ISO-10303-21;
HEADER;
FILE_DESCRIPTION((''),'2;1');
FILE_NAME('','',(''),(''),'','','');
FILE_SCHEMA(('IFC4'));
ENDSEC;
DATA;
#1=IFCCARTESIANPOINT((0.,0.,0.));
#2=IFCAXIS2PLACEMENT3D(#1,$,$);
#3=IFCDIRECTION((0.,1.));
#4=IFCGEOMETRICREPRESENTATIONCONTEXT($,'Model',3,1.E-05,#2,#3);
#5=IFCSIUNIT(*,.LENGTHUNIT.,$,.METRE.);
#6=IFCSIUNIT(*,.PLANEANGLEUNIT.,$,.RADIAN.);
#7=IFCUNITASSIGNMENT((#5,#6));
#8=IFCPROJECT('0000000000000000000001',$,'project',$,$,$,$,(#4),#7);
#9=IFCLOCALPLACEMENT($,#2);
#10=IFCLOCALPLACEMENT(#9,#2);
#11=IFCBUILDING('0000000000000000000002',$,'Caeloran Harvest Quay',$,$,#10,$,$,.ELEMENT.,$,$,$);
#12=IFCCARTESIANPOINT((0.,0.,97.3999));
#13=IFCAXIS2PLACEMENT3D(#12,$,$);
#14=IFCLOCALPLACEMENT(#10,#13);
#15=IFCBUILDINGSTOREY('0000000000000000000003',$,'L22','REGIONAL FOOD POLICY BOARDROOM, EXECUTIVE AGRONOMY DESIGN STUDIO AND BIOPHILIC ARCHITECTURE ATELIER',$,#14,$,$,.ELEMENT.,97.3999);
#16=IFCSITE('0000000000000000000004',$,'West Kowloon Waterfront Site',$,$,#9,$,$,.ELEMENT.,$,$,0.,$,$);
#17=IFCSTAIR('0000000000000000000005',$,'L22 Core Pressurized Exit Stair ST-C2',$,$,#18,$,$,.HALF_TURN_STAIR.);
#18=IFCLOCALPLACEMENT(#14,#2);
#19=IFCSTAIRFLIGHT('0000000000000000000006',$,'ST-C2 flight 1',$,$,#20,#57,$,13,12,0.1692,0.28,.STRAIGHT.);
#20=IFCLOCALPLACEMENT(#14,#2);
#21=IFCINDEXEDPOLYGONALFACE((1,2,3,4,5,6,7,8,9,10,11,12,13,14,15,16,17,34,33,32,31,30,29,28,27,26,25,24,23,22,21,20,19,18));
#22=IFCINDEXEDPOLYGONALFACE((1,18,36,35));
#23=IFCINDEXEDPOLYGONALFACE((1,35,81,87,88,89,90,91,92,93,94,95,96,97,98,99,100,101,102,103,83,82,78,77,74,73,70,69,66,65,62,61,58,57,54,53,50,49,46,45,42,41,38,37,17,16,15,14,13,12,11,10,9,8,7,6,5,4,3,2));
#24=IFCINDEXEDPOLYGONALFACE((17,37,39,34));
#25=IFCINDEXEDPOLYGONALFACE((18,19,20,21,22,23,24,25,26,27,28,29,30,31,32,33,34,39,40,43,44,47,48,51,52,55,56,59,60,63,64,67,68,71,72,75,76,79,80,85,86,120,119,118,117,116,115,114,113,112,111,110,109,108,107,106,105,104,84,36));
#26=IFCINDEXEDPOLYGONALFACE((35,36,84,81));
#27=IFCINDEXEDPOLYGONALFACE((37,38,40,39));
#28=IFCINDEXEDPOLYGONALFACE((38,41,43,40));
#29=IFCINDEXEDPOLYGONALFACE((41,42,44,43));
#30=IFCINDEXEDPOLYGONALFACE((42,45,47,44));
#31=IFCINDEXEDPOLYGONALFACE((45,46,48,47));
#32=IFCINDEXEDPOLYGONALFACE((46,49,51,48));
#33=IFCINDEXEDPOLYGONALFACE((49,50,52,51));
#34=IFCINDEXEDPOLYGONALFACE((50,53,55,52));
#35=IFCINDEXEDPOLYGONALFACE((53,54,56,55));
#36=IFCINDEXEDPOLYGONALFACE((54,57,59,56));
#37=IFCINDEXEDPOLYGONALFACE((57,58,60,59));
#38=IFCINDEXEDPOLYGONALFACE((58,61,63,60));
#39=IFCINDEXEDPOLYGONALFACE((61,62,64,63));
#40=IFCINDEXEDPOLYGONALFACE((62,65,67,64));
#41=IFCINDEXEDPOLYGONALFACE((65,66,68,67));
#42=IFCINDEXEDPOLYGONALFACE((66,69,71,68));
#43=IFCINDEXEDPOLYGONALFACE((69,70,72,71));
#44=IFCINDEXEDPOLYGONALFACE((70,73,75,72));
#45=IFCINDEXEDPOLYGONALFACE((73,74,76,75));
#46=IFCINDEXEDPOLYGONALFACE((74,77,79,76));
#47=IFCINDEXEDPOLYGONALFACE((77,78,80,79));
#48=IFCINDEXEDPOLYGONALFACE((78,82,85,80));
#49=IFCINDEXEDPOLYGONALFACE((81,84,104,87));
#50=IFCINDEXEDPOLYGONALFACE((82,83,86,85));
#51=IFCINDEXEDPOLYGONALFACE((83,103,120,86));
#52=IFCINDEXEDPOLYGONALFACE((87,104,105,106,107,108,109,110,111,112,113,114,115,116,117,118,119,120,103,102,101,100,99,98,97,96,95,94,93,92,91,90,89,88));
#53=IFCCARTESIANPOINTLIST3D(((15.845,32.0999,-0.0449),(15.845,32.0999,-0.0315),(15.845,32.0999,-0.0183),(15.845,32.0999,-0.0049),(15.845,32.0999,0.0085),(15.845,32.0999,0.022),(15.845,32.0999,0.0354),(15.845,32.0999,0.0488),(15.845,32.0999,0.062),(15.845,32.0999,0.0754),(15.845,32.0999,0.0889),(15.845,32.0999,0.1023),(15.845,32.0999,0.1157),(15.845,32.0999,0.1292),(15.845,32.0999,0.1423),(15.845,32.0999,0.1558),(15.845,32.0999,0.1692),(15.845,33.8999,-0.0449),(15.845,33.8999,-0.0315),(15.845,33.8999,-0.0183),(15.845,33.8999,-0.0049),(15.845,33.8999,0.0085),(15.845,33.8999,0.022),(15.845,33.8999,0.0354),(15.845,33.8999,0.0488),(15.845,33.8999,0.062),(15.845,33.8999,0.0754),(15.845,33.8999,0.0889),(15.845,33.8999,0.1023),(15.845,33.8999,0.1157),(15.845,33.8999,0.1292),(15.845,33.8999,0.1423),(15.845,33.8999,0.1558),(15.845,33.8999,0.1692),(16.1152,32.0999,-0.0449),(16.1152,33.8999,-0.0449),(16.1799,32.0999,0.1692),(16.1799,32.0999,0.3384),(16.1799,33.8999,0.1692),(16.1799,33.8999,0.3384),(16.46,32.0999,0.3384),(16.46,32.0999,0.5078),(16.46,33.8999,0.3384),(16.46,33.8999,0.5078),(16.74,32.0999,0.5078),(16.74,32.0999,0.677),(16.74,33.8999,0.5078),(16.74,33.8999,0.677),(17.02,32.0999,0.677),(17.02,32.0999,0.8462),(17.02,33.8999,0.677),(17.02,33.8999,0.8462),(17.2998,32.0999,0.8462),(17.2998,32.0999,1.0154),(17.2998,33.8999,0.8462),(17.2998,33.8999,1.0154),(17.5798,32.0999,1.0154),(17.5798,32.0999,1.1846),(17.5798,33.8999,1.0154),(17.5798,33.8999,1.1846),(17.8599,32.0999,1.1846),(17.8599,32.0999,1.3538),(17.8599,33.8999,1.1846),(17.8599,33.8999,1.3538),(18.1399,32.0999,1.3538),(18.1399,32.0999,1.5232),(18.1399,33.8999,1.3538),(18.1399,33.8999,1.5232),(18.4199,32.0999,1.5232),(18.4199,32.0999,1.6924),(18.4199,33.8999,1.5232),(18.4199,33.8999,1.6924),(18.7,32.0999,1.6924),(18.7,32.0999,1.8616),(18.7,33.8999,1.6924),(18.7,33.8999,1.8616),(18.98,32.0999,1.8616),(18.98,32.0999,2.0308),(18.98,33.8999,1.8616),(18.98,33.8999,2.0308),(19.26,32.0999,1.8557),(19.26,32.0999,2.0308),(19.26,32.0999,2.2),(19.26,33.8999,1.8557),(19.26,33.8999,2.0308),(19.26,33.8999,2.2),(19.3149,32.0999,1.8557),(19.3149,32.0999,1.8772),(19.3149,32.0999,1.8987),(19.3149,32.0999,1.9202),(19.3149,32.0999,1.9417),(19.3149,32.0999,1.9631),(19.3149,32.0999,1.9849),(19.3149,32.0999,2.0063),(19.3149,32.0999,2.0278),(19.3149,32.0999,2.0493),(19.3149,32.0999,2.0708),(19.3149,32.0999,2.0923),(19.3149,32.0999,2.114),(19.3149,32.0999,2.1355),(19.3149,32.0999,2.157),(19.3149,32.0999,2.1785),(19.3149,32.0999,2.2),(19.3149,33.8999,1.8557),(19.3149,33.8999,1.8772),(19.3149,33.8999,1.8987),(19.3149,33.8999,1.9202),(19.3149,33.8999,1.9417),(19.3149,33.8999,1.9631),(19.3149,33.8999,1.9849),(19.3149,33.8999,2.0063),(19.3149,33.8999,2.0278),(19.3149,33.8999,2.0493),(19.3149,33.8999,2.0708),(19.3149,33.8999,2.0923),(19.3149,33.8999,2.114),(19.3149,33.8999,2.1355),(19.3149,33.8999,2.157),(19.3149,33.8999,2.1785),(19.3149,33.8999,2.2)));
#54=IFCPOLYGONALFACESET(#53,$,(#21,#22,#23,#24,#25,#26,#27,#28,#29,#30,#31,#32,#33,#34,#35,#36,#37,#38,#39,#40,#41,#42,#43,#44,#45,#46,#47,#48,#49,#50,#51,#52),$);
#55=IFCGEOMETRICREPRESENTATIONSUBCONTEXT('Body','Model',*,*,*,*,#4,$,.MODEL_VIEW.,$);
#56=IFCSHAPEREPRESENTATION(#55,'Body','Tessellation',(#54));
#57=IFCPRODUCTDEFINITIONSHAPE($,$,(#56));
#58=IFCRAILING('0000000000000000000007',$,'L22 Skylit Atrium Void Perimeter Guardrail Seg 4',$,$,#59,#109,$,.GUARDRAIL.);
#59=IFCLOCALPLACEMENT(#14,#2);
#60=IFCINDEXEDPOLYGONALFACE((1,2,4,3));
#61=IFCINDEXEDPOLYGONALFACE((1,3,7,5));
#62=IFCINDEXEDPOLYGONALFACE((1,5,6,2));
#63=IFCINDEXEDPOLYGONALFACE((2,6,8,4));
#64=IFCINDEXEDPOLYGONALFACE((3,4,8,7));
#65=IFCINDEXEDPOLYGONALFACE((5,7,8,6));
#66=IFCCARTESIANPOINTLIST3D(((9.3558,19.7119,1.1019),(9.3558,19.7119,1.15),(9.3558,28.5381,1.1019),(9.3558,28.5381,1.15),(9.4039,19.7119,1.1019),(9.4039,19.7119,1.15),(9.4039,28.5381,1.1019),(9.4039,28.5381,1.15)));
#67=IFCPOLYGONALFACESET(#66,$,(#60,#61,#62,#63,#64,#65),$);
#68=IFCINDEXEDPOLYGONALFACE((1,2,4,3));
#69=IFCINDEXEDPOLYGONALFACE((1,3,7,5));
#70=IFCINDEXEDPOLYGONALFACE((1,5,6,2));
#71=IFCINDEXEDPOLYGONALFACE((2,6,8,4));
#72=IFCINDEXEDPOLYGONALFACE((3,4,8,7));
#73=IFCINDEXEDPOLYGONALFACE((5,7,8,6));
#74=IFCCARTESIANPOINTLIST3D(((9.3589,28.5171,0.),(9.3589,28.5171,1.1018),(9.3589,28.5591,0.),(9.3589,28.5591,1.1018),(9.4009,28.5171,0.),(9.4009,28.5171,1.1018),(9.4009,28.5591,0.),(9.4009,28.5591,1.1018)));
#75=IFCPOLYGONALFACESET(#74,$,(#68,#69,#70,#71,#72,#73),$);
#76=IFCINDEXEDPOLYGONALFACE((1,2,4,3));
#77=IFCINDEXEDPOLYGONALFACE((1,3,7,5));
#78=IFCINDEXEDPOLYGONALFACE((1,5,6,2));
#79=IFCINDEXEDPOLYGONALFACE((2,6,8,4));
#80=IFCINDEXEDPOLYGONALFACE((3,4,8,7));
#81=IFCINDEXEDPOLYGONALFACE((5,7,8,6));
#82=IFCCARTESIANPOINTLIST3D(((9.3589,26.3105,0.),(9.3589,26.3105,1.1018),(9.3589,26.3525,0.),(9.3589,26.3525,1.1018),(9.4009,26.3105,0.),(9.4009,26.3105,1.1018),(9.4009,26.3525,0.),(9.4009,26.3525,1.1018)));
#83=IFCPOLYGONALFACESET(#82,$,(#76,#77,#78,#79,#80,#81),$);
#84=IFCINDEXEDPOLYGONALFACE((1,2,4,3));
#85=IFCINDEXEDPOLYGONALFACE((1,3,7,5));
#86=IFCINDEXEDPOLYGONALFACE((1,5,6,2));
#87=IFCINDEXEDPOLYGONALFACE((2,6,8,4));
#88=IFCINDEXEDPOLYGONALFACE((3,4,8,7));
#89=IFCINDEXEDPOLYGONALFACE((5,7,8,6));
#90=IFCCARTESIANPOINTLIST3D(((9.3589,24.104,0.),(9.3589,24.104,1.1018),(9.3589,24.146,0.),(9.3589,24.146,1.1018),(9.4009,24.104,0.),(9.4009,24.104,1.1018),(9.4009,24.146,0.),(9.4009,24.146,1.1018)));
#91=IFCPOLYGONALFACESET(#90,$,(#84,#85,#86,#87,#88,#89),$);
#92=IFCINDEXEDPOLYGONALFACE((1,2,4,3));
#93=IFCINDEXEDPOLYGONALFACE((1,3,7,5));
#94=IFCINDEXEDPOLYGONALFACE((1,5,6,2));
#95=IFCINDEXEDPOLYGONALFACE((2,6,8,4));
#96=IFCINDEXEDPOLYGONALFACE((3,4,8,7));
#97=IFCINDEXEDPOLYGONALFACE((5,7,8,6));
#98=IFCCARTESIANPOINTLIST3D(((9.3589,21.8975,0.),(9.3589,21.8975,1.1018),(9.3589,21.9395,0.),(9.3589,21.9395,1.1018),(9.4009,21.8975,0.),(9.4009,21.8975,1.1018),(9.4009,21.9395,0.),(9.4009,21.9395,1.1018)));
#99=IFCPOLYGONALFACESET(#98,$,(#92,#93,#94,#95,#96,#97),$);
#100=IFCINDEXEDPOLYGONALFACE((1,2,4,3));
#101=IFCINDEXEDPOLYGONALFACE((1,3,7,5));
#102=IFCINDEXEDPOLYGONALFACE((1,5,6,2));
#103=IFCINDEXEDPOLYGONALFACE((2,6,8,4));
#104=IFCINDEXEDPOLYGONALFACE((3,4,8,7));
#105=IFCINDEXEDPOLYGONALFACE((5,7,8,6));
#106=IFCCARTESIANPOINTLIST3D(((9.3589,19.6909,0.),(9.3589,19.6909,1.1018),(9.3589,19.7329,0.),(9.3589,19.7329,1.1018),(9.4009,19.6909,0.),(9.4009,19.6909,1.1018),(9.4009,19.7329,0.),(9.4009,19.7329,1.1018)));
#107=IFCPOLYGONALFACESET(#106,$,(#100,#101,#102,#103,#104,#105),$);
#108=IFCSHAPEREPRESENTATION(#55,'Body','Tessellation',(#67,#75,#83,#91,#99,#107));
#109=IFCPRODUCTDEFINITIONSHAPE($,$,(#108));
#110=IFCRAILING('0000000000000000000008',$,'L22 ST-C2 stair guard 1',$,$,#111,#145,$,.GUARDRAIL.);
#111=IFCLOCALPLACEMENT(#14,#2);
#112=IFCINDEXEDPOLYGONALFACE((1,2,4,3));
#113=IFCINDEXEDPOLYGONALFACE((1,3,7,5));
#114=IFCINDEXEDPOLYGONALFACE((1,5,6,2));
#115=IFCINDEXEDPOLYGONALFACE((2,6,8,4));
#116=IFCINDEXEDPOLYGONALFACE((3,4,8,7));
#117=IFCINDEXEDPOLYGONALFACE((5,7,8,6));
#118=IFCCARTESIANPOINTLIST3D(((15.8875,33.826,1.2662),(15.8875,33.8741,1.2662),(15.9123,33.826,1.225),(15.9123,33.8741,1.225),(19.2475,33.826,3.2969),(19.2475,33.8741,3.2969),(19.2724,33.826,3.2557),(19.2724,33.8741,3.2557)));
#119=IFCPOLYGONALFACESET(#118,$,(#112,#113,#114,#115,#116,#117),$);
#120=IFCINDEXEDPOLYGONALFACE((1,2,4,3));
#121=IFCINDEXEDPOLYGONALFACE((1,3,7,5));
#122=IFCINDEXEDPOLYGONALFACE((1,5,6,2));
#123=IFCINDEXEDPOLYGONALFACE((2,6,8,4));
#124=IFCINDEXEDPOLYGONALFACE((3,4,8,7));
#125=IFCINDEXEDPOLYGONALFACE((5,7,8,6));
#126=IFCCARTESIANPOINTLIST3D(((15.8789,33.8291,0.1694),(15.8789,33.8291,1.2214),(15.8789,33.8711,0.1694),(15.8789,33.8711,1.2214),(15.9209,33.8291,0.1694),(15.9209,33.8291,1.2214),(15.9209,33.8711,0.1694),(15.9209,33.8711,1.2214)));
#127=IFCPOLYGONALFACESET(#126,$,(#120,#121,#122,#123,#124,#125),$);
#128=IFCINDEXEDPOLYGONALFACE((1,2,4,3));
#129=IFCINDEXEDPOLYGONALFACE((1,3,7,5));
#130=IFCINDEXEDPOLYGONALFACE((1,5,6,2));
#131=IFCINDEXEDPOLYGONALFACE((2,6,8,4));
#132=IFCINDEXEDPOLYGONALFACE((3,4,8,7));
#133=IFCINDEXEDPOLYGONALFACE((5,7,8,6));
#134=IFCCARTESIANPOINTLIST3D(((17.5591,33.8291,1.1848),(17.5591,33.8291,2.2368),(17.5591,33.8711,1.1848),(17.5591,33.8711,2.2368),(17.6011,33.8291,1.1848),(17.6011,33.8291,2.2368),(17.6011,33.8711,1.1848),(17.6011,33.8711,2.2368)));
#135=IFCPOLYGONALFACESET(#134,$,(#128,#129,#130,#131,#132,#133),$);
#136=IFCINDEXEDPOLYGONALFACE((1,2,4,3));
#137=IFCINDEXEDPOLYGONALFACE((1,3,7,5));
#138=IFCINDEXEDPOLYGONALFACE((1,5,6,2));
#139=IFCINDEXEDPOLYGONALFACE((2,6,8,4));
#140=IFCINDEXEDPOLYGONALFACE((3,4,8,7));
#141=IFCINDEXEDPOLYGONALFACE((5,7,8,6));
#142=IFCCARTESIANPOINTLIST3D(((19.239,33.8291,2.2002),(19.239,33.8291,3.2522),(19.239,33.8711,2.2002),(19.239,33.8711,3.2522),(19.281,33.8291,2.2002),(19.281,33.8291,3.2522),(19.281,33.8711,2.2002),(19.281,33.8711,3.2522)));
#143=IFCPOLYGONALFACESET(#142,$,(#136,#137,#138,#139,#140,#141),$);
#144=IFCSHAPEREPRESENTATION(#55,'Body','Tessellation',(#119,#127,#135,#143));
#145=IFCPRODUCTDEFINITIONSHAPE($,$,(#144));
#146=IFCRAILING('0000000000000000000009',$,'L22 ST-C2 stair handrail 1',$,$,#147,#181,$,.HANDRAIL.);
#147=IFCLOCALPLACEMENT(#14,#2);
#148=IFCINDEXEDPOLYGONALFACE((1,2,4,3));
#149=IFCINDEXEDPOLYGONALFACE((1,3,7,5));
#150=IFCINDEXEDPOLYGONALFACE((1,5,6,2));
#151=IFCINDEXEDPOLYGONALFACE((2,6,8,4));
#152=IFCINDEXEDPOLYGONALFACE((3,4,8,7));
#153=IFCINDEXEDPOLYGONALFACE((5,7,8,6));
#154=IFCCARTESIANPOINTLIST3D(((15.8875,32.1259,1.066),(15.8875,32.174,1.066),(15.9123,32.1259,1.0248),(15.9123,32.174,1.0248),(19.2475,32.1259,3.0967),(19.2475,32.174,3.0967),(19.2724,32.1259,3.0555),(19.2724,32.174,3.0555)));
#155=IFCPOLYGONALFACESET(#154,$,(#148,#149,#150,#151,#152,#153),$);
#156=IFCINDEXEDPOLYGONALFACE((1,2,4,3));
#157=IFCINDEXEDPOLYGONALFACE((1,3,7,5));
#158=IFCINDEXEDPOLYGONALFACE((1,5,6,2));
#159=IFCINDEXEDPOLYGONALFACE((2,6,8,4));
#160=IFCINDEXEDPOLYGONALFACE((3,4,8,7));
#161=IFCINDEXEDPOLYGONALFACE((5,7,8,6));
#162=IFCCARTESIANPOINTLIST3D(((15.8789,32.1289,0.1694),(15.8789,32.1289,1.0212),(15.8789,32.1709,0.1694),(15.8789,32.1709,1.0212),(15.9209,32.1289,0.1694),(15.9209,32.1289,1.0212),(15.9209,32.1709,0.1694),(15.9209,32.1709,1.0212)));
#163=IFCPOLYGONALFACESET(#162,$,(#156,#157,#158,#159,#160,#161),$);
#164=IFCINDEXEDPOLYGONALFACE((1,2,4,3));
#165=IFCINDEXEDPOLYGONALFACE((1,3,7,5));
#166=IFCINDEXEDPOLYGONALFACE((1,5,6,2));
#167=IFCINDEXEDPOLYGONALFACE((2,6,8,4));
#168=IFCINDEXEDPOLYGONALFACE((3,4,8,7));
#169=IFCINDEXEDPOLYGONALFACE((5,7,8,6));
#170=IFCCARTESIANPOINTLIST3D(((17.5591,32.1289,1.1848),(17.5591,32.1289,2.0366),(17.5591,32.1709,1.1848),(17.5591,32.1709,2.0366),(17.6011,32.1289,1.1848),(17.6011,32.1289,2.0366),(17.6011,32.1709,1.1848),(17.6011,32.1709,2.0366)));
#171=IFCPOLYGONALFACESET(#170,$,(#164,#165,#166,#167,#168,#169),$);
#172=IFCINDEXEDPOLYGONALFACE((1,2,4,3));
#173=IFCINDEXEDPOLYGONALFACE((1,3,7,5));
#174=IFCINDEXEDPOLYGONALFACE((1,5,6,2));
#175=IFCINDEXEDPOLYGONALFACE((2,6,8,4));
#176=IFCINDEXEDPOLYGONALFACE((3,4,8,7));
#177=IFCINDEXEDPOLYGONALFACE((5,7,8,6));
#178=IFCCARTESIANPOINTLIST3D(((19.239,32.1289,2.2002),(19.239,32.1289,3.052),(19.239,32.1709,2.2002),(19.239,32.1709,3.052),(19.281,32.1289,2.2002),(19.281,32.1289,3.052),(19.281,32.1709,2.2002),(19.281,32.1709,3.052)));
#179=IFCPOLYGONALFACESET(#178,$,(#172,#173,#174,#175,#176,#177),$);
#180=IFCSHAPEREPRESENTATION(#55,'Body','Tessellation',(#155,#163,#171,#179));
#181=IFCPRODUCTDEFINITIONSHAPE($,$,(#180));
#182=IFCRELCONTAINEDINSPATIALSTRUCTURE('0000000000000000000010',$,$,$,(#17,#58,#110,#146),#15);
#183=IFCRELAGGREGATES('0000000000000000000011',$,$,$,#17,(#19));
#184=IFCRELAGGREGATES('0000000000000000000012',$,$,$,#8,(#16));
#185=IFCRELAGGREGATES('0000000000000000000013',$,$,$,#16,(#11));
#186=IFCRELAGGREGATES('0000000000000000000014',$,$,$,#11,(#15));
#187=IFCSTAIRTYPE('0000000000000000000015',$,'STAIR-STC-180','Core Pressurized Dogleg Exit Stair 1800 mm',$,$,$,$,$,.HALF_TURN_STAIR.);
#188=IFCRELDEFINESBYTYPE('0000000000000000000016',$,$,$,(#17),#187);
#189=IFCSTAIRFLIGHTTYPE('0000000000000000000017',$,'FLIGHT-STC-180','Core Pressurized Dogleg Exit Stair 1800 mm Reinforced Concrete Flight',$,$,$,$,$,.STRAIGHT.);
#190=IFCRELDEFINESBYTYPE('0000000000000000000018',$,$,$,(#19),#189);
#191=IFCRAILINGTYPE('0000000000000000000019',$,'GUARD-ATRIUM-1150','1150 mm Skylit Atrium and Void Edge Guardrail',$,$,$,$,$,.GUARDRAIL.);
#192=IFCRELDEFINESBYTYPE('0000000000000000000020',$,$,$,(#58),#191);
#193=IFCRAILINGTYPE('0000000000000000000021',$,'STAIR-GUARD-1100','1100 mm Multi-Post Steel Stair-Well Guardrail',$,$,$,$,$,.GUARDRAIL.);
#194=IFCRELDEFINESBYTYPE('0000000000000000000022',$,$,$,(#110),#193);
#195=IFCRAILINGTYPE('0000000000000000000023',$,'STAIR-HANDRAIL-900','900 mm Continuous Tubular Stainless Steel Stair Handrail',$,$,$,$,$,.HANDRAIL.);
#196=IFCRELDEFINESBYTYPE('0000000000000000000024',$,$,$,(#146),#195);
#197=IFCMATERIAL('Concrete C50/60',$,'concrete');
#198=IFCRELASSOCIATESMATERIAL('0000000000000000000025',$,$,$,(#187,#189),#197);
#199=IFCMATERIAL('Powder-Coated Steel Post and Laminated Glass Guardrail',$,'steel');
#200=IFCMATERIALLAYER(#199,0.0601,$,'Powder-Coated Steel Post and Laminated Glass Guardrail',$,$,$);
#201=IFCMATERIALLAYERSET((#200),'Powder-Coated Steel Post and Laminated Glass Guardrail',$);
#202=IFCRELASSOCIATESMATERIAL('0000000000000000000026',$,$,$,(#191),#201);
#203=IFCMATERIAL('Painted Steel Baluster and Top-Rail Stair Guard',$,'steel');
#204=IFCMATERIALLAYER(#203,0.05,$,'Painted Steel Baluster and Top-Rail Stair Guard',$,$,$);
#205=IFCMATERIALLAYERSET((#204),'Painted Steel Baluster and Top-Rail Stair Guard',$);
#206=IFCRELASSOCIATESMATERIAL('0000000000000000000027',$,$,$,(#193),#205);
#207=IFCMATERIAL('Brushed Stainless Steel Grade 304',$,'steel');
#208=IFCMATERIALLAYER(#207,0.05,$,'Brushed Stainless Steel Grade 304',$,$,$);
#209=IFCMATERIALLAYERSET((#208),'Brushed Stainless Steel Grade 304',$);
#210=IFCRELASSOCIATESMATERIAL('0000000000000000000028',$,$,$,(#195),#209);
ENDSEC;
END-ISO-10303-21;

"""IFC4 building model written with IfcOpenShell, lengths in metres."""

from ifc_helpers import new_model, si_unit, direction, frame, origin, origin_2d, place, context, subcontext, project, spatial, polyline, rectangle, outline, extrude, material, layer, layer_set, type_object, element, aggregate, save


model = new_model("IFC4")

# Units and contexts
model_context = context("Model", 3, precision=1e-05, world=origin(), true_north=direction((0.0, 1.0)))
body_context = subcontext(model_context, "Body", "Model", "MODEL_VIEW")
ifc_project = project(units=[si_unit("LENGTHUNIT", "METRE"), si_unit("PLANEANGLEUNIT", "RADIAN")], contexts=[model_context])

# Site, building, storey
site_placement = place(None, origin())
site = spatial("IfcSite", under=ifc_project, at=site_placement, Name="West Kowloon Waterfront Site", CompositionType="ELEMENT", RefElevation=0.0)
building_placement = place(site_placement, origin())
building = spatial("IfcBuilding", under=site, at=building_placement, Name="Caeloran Harvest Quay", CompositionType="ELEMENT")
storey_placement = place(building_placement, frame((0.0, 0.0, 97.3999)))
storey = spatial("IfcBuildingStorey", under=building, at=storey_placement, Name="L22", Description="REGIONAL FOOD POLICY BOARDROOM, EXECUTIVE AGRONOMY DESIGN STUDIO AND BIOPHILIC ARCHITECTURE ATELIER", CompositionType="ELEMENT", Elevation=97.3999)

# Shared definitions
ifc_material_1 = material(Name="Concrete C50/60", Category="concrete")

# Stair, stair flight
stair_type = type_object("IfcStairType", Name="STAIR-STC-180", Description="Core Pressurized Dogleg Exit Stair 1800 mm", PredefinedType="HALF_TURN_STAIR", material=ifc_material_1)
stair_placement = place(storey_placement, origin())
stair = element("IfcStair", 1, at=stair_placement, inside=storey, type_object=stair_type, Name="L22 Core Pressurized Exit Stair ST-C2", PredefinedType="HALF_TURN_STAIR")
stair_flight_type = type_object("IfcStairFlightType", Name="FLIGHT-STC-180", Description="Core Pressurized Dogleg Exit Stair 1800 mm Reinforced Concrete Flight", PredefinedType="STRAIGHT", material=ifc_material_1)
stair_flight_placement = place(storey_placement, frame((15.8999, 33.0, 0.0), z_axis=(0.0, 0.0, 1.0), x_axis=(1.0, 0.0, 0.0)))
stair_flight = element("IfcStairFlight", 2, at=stair_flight_placement, type_object=stair_flight_type, Name="ST-C2 flight 1", NumberOfRisers=13, NumberOfTreads=12, PredefinedType="STRAIGHT", RiserHeight=0.1692, TreadLength=0.28, context=body_context, shape_type="SweptSolid", body=[
    extrude(outline(polyline([(-0.0549, -0.0449), (-0.0549, -0.0315), (-0.0549, -0.0183), (-0.0549, -0.0049), (-0.0549, 0.0085), (-0.0549, 0.022), (-0.0549, 0.0354), (-0.0549, 0.0488), (-0.0549, 0.062), (-0.0549, 0.0754), (-0.0549, 0.0889), (-0.0549, 0.1023), (-0.0549, 0.1157), (-0.0549, 0.1292), (-0.0549, 0.1423), (-0.0549, 0.1558), (-0.0549, 0.1692), (0.28, 0.1692), (0.28, 0.3384), (0.5601, 0.3384), (0.5601, 0.5078), (0.8401, 0.5078), (0.8401, 0.677), (1.1201, 0.677), (1.1201, 0.8462), (1.3999, 0.8462), (1.3999, 1.0154), (1.6799, 1.0154), (1.6799, 1.1846), (1.96, 1.1846), (1.96, 1.3538), (2.24, 1.3538), (2.24, 1.5232), (2.52, 1.5232), (2.52, 1.6924), (2.8, 1.6924), (2.8, 1.8616), (3.0801, 1.8616), (3.0801, 2.0308), (3.3601, 2.0308), (3.3601, 2.2), (3.415, 2.2), (3.415, 2.1785), (3.415, 2.157), (3.415, 2.1355), (3.415, 2.114), (3.415, 2.0923), (3.415, 2.0708), (3.415, 2.0493), (3.415, 2.0278), (3.415, 2.0063), (3.415, 1.9849), (3.415, 1.9631), (3.415, 1.9417), (3.415, 1.9202), (3.415, 1.8987), (3.415, 1.8772), (3.415, 1.8557), (3.3601, 1.8557), (0.2153, -0.0449), (-0.0549, -0.0449)])), frame((0.0, 0.8999, 0.0), z_axis=(0.0, -1.0, 0.0), x_axis=(1.0, 0.0, 0.0)), (0.0, 0.0, 1.0), 1.8),
])
aggregate(stair, [stair_flight])

# Railings
ifc_material_2 = material(Name="Powder-Coated Steel Post and Laminated Glass Guardrail", Category="steel")
ifc_layer_1 = layer(ifc_material_2, 0.0601, Name="Powder-Coated Steel Post and Laminated Glass Guardrail")
ifc_layer_set_1 = layer_set([ifc_layer_1], Name="Powder-Coated Steel Post and Laminated Glass Guardrail")
railing_type_1 = type_object("IfcRailingType", Name="GUARD-ATRIUM-1150", Description="1150 mm Skylit Atrium and Void Edge Guardrail", PredefinedType="GUARDRAIL", material=ifc_layer_set_1)
railing_1_placement = place(storey_placement, frame((9.3799, 28.5381, 0.0)))
element("IfcRailing", 3, at=railing_1_placement, inside=storey, type_object=railing_type_1, Name="L22 Skylit Atrium Void Perimeter Guardrail Seg 4", PredefinedType="GUARDRAIL", context=body_context, shape_type="SweptSolid", body=[
    extrude(rectangle(XDim=0.0481, YDim=0.0481, at=origin_2d()), frame((0.0, 0.0, 1.126), z_axis=(0.0, -1.0, 0.0), x_axis=(1.0, 0.0, 0.0)), (0.0, 0.0, 1.0), 8.8262),
    extrude(rectangle(XDim=0.042, YDim=0.042, at=origin_2d()), origin(), (0.0, 0.0, 1.0), 1.1018),
    extrude(rectangle(XDim=0.042, YDim=0.042, at=origin_2d()), frame((0.0, -2.2065, 0.0)), (0.0, 0.0, 1.0), 1.1018),
    extrude(rectangle(XDim=0.042, YDim=0.042, at=origin_2d()), frame((0.0, -4.4131, 0.0)), (0.0, 0.0, 1.0), 1.1018),
    extrude(rectangle(XDim=0.042, YDim=0.042, at=origin_2d()), frame((0.0, -6.6196, 0.0)), (0.0, 0.0, 1.0), 1.1018),
    extrude(rectangle(XDim=0.042, YDim=0.042, at=origin_2d()), frame((0.0, -8.8262, 0.0)), (0.0, 0.0, 1.0), 1.1018),
])
ifc_material_3 = material(Name="Painted Steel Baluster and Top-Rail Stair Guard", Category="steel")
ifc_layer_2 = layer(ifc_material_3, 0.05, Name="Painted Steel Baluster and Top-Rail Stair Guard")
ifc_layer_set_2 = layer_set([ifc_layer_2], Name="Painted Steel Baluster and Top-Rail Stair Guard")
railing_type_2 = type_object("IfcRailingType", Name="STAIR-GUARD-1100", Description="1100 mm Multi-Post Steel Stair-Well Guardrail", PredefinedType="GUARDRAIL", material=ifc_layer_set_2)
railing_2_placement = place(storey_placement, frame((15.8999, 33.8501, 0.1694)))
element("IfcRailing", 4, at=railing_2_placement, inside=storey, type_object=railing_type_2, Name="L22 ST-C2 stair guard 1", PredefinedType="GUARDRAIL", context=body_context, shape_type="SweptSolid", body=[
    extrude(rectangle(XDim=0.0481, YDim=0.0481, at=origin_2d()), frame((0.0, 0.0, 1.0762), z_axis=(0.855837, 0.0, 0.517246), x_axis=(0.0, 1.0, 0.0)), (0.0, 0.0, 1.0), 3.926),
    extrude(rectangle(XDim=0.042, YDim=0.042, at=origin_2d()), origin(), (0.0, 0.0, 1.0), 1.052),
    extrude(rectangle(XDim=0.042, YDim=0.042, at=origin_2d()), frame((1.6802, 0.0, 1.0154)), (0.0, 0.0, 1.0), 1.052),
    extrude(rectangle(XDim=0.042, YDim=0.042, at=origin_2d()), frame((3.3601, 0.0, 2.0308)), (0.0, 0.0, 1.0), 1.052),
])
ifc_material_4 = material(Name="Brushed Stainless Steel Grade 304", Category="steel")
ifc_layer_3 = layer(ifc_material_4, 0.05, Name="Brushed Stainless Steel Grade 304")
ifc_layer_set_3 = layer_set([ifc_layer_3], Name="Brushed Stainless Steel Grade 304")
railing_type_3 = type_object("IfcRailingType", Name="STAIR-HANDRAIL-900", Description="900 mm Continuous Tubular Stainless Steel Stair Handrail", PredefinedType="HANDRAIL", material=ifc_layer_set_3)
railing_3_placement = place(storey_placement, frame((15.8999, 32.1499, 0.1694)))
element("IfcRailing", 5, at=railing_3_placement, inside=storey, type_object=railing_type_3, Name="L22 ST-C2 stair handrail 1", PredefinedType="HANDRAIL", context=body_context, shape_type="SweptSolid", body=[
    extrude(rectangle(XDim=0.0481, YDim=0.0481, at=origin_2d()), frame((0.0, 0.0, 0.876), z_axis=(0.855837, 0.0, 0.517246), x_axis=(0.0, 1.0, 0.0)), (0.0, 0.0, 1.0), 3.926),
    extrude(rectangle(XDim=0.042, YDim=0.042, at=origin_2d()), origin(), (0.0, 0.0, 1.0), 0.8518),
    extrude(rectangle(XDim=0.042, YDim=0.042, at=origin_2d()), frame((1.6802, 0.0, 1.0154)), (0.0, 0.0, 1.0), 0.8518),
    extrude(rectangle(XDim=0.042, YDim=0.042, at=origin_2d()), frame((3.3601, 0.0, 2.0308)), (0.0, 0.0, 1.0), 0.8518),
])

save(model, "model.ifc")
